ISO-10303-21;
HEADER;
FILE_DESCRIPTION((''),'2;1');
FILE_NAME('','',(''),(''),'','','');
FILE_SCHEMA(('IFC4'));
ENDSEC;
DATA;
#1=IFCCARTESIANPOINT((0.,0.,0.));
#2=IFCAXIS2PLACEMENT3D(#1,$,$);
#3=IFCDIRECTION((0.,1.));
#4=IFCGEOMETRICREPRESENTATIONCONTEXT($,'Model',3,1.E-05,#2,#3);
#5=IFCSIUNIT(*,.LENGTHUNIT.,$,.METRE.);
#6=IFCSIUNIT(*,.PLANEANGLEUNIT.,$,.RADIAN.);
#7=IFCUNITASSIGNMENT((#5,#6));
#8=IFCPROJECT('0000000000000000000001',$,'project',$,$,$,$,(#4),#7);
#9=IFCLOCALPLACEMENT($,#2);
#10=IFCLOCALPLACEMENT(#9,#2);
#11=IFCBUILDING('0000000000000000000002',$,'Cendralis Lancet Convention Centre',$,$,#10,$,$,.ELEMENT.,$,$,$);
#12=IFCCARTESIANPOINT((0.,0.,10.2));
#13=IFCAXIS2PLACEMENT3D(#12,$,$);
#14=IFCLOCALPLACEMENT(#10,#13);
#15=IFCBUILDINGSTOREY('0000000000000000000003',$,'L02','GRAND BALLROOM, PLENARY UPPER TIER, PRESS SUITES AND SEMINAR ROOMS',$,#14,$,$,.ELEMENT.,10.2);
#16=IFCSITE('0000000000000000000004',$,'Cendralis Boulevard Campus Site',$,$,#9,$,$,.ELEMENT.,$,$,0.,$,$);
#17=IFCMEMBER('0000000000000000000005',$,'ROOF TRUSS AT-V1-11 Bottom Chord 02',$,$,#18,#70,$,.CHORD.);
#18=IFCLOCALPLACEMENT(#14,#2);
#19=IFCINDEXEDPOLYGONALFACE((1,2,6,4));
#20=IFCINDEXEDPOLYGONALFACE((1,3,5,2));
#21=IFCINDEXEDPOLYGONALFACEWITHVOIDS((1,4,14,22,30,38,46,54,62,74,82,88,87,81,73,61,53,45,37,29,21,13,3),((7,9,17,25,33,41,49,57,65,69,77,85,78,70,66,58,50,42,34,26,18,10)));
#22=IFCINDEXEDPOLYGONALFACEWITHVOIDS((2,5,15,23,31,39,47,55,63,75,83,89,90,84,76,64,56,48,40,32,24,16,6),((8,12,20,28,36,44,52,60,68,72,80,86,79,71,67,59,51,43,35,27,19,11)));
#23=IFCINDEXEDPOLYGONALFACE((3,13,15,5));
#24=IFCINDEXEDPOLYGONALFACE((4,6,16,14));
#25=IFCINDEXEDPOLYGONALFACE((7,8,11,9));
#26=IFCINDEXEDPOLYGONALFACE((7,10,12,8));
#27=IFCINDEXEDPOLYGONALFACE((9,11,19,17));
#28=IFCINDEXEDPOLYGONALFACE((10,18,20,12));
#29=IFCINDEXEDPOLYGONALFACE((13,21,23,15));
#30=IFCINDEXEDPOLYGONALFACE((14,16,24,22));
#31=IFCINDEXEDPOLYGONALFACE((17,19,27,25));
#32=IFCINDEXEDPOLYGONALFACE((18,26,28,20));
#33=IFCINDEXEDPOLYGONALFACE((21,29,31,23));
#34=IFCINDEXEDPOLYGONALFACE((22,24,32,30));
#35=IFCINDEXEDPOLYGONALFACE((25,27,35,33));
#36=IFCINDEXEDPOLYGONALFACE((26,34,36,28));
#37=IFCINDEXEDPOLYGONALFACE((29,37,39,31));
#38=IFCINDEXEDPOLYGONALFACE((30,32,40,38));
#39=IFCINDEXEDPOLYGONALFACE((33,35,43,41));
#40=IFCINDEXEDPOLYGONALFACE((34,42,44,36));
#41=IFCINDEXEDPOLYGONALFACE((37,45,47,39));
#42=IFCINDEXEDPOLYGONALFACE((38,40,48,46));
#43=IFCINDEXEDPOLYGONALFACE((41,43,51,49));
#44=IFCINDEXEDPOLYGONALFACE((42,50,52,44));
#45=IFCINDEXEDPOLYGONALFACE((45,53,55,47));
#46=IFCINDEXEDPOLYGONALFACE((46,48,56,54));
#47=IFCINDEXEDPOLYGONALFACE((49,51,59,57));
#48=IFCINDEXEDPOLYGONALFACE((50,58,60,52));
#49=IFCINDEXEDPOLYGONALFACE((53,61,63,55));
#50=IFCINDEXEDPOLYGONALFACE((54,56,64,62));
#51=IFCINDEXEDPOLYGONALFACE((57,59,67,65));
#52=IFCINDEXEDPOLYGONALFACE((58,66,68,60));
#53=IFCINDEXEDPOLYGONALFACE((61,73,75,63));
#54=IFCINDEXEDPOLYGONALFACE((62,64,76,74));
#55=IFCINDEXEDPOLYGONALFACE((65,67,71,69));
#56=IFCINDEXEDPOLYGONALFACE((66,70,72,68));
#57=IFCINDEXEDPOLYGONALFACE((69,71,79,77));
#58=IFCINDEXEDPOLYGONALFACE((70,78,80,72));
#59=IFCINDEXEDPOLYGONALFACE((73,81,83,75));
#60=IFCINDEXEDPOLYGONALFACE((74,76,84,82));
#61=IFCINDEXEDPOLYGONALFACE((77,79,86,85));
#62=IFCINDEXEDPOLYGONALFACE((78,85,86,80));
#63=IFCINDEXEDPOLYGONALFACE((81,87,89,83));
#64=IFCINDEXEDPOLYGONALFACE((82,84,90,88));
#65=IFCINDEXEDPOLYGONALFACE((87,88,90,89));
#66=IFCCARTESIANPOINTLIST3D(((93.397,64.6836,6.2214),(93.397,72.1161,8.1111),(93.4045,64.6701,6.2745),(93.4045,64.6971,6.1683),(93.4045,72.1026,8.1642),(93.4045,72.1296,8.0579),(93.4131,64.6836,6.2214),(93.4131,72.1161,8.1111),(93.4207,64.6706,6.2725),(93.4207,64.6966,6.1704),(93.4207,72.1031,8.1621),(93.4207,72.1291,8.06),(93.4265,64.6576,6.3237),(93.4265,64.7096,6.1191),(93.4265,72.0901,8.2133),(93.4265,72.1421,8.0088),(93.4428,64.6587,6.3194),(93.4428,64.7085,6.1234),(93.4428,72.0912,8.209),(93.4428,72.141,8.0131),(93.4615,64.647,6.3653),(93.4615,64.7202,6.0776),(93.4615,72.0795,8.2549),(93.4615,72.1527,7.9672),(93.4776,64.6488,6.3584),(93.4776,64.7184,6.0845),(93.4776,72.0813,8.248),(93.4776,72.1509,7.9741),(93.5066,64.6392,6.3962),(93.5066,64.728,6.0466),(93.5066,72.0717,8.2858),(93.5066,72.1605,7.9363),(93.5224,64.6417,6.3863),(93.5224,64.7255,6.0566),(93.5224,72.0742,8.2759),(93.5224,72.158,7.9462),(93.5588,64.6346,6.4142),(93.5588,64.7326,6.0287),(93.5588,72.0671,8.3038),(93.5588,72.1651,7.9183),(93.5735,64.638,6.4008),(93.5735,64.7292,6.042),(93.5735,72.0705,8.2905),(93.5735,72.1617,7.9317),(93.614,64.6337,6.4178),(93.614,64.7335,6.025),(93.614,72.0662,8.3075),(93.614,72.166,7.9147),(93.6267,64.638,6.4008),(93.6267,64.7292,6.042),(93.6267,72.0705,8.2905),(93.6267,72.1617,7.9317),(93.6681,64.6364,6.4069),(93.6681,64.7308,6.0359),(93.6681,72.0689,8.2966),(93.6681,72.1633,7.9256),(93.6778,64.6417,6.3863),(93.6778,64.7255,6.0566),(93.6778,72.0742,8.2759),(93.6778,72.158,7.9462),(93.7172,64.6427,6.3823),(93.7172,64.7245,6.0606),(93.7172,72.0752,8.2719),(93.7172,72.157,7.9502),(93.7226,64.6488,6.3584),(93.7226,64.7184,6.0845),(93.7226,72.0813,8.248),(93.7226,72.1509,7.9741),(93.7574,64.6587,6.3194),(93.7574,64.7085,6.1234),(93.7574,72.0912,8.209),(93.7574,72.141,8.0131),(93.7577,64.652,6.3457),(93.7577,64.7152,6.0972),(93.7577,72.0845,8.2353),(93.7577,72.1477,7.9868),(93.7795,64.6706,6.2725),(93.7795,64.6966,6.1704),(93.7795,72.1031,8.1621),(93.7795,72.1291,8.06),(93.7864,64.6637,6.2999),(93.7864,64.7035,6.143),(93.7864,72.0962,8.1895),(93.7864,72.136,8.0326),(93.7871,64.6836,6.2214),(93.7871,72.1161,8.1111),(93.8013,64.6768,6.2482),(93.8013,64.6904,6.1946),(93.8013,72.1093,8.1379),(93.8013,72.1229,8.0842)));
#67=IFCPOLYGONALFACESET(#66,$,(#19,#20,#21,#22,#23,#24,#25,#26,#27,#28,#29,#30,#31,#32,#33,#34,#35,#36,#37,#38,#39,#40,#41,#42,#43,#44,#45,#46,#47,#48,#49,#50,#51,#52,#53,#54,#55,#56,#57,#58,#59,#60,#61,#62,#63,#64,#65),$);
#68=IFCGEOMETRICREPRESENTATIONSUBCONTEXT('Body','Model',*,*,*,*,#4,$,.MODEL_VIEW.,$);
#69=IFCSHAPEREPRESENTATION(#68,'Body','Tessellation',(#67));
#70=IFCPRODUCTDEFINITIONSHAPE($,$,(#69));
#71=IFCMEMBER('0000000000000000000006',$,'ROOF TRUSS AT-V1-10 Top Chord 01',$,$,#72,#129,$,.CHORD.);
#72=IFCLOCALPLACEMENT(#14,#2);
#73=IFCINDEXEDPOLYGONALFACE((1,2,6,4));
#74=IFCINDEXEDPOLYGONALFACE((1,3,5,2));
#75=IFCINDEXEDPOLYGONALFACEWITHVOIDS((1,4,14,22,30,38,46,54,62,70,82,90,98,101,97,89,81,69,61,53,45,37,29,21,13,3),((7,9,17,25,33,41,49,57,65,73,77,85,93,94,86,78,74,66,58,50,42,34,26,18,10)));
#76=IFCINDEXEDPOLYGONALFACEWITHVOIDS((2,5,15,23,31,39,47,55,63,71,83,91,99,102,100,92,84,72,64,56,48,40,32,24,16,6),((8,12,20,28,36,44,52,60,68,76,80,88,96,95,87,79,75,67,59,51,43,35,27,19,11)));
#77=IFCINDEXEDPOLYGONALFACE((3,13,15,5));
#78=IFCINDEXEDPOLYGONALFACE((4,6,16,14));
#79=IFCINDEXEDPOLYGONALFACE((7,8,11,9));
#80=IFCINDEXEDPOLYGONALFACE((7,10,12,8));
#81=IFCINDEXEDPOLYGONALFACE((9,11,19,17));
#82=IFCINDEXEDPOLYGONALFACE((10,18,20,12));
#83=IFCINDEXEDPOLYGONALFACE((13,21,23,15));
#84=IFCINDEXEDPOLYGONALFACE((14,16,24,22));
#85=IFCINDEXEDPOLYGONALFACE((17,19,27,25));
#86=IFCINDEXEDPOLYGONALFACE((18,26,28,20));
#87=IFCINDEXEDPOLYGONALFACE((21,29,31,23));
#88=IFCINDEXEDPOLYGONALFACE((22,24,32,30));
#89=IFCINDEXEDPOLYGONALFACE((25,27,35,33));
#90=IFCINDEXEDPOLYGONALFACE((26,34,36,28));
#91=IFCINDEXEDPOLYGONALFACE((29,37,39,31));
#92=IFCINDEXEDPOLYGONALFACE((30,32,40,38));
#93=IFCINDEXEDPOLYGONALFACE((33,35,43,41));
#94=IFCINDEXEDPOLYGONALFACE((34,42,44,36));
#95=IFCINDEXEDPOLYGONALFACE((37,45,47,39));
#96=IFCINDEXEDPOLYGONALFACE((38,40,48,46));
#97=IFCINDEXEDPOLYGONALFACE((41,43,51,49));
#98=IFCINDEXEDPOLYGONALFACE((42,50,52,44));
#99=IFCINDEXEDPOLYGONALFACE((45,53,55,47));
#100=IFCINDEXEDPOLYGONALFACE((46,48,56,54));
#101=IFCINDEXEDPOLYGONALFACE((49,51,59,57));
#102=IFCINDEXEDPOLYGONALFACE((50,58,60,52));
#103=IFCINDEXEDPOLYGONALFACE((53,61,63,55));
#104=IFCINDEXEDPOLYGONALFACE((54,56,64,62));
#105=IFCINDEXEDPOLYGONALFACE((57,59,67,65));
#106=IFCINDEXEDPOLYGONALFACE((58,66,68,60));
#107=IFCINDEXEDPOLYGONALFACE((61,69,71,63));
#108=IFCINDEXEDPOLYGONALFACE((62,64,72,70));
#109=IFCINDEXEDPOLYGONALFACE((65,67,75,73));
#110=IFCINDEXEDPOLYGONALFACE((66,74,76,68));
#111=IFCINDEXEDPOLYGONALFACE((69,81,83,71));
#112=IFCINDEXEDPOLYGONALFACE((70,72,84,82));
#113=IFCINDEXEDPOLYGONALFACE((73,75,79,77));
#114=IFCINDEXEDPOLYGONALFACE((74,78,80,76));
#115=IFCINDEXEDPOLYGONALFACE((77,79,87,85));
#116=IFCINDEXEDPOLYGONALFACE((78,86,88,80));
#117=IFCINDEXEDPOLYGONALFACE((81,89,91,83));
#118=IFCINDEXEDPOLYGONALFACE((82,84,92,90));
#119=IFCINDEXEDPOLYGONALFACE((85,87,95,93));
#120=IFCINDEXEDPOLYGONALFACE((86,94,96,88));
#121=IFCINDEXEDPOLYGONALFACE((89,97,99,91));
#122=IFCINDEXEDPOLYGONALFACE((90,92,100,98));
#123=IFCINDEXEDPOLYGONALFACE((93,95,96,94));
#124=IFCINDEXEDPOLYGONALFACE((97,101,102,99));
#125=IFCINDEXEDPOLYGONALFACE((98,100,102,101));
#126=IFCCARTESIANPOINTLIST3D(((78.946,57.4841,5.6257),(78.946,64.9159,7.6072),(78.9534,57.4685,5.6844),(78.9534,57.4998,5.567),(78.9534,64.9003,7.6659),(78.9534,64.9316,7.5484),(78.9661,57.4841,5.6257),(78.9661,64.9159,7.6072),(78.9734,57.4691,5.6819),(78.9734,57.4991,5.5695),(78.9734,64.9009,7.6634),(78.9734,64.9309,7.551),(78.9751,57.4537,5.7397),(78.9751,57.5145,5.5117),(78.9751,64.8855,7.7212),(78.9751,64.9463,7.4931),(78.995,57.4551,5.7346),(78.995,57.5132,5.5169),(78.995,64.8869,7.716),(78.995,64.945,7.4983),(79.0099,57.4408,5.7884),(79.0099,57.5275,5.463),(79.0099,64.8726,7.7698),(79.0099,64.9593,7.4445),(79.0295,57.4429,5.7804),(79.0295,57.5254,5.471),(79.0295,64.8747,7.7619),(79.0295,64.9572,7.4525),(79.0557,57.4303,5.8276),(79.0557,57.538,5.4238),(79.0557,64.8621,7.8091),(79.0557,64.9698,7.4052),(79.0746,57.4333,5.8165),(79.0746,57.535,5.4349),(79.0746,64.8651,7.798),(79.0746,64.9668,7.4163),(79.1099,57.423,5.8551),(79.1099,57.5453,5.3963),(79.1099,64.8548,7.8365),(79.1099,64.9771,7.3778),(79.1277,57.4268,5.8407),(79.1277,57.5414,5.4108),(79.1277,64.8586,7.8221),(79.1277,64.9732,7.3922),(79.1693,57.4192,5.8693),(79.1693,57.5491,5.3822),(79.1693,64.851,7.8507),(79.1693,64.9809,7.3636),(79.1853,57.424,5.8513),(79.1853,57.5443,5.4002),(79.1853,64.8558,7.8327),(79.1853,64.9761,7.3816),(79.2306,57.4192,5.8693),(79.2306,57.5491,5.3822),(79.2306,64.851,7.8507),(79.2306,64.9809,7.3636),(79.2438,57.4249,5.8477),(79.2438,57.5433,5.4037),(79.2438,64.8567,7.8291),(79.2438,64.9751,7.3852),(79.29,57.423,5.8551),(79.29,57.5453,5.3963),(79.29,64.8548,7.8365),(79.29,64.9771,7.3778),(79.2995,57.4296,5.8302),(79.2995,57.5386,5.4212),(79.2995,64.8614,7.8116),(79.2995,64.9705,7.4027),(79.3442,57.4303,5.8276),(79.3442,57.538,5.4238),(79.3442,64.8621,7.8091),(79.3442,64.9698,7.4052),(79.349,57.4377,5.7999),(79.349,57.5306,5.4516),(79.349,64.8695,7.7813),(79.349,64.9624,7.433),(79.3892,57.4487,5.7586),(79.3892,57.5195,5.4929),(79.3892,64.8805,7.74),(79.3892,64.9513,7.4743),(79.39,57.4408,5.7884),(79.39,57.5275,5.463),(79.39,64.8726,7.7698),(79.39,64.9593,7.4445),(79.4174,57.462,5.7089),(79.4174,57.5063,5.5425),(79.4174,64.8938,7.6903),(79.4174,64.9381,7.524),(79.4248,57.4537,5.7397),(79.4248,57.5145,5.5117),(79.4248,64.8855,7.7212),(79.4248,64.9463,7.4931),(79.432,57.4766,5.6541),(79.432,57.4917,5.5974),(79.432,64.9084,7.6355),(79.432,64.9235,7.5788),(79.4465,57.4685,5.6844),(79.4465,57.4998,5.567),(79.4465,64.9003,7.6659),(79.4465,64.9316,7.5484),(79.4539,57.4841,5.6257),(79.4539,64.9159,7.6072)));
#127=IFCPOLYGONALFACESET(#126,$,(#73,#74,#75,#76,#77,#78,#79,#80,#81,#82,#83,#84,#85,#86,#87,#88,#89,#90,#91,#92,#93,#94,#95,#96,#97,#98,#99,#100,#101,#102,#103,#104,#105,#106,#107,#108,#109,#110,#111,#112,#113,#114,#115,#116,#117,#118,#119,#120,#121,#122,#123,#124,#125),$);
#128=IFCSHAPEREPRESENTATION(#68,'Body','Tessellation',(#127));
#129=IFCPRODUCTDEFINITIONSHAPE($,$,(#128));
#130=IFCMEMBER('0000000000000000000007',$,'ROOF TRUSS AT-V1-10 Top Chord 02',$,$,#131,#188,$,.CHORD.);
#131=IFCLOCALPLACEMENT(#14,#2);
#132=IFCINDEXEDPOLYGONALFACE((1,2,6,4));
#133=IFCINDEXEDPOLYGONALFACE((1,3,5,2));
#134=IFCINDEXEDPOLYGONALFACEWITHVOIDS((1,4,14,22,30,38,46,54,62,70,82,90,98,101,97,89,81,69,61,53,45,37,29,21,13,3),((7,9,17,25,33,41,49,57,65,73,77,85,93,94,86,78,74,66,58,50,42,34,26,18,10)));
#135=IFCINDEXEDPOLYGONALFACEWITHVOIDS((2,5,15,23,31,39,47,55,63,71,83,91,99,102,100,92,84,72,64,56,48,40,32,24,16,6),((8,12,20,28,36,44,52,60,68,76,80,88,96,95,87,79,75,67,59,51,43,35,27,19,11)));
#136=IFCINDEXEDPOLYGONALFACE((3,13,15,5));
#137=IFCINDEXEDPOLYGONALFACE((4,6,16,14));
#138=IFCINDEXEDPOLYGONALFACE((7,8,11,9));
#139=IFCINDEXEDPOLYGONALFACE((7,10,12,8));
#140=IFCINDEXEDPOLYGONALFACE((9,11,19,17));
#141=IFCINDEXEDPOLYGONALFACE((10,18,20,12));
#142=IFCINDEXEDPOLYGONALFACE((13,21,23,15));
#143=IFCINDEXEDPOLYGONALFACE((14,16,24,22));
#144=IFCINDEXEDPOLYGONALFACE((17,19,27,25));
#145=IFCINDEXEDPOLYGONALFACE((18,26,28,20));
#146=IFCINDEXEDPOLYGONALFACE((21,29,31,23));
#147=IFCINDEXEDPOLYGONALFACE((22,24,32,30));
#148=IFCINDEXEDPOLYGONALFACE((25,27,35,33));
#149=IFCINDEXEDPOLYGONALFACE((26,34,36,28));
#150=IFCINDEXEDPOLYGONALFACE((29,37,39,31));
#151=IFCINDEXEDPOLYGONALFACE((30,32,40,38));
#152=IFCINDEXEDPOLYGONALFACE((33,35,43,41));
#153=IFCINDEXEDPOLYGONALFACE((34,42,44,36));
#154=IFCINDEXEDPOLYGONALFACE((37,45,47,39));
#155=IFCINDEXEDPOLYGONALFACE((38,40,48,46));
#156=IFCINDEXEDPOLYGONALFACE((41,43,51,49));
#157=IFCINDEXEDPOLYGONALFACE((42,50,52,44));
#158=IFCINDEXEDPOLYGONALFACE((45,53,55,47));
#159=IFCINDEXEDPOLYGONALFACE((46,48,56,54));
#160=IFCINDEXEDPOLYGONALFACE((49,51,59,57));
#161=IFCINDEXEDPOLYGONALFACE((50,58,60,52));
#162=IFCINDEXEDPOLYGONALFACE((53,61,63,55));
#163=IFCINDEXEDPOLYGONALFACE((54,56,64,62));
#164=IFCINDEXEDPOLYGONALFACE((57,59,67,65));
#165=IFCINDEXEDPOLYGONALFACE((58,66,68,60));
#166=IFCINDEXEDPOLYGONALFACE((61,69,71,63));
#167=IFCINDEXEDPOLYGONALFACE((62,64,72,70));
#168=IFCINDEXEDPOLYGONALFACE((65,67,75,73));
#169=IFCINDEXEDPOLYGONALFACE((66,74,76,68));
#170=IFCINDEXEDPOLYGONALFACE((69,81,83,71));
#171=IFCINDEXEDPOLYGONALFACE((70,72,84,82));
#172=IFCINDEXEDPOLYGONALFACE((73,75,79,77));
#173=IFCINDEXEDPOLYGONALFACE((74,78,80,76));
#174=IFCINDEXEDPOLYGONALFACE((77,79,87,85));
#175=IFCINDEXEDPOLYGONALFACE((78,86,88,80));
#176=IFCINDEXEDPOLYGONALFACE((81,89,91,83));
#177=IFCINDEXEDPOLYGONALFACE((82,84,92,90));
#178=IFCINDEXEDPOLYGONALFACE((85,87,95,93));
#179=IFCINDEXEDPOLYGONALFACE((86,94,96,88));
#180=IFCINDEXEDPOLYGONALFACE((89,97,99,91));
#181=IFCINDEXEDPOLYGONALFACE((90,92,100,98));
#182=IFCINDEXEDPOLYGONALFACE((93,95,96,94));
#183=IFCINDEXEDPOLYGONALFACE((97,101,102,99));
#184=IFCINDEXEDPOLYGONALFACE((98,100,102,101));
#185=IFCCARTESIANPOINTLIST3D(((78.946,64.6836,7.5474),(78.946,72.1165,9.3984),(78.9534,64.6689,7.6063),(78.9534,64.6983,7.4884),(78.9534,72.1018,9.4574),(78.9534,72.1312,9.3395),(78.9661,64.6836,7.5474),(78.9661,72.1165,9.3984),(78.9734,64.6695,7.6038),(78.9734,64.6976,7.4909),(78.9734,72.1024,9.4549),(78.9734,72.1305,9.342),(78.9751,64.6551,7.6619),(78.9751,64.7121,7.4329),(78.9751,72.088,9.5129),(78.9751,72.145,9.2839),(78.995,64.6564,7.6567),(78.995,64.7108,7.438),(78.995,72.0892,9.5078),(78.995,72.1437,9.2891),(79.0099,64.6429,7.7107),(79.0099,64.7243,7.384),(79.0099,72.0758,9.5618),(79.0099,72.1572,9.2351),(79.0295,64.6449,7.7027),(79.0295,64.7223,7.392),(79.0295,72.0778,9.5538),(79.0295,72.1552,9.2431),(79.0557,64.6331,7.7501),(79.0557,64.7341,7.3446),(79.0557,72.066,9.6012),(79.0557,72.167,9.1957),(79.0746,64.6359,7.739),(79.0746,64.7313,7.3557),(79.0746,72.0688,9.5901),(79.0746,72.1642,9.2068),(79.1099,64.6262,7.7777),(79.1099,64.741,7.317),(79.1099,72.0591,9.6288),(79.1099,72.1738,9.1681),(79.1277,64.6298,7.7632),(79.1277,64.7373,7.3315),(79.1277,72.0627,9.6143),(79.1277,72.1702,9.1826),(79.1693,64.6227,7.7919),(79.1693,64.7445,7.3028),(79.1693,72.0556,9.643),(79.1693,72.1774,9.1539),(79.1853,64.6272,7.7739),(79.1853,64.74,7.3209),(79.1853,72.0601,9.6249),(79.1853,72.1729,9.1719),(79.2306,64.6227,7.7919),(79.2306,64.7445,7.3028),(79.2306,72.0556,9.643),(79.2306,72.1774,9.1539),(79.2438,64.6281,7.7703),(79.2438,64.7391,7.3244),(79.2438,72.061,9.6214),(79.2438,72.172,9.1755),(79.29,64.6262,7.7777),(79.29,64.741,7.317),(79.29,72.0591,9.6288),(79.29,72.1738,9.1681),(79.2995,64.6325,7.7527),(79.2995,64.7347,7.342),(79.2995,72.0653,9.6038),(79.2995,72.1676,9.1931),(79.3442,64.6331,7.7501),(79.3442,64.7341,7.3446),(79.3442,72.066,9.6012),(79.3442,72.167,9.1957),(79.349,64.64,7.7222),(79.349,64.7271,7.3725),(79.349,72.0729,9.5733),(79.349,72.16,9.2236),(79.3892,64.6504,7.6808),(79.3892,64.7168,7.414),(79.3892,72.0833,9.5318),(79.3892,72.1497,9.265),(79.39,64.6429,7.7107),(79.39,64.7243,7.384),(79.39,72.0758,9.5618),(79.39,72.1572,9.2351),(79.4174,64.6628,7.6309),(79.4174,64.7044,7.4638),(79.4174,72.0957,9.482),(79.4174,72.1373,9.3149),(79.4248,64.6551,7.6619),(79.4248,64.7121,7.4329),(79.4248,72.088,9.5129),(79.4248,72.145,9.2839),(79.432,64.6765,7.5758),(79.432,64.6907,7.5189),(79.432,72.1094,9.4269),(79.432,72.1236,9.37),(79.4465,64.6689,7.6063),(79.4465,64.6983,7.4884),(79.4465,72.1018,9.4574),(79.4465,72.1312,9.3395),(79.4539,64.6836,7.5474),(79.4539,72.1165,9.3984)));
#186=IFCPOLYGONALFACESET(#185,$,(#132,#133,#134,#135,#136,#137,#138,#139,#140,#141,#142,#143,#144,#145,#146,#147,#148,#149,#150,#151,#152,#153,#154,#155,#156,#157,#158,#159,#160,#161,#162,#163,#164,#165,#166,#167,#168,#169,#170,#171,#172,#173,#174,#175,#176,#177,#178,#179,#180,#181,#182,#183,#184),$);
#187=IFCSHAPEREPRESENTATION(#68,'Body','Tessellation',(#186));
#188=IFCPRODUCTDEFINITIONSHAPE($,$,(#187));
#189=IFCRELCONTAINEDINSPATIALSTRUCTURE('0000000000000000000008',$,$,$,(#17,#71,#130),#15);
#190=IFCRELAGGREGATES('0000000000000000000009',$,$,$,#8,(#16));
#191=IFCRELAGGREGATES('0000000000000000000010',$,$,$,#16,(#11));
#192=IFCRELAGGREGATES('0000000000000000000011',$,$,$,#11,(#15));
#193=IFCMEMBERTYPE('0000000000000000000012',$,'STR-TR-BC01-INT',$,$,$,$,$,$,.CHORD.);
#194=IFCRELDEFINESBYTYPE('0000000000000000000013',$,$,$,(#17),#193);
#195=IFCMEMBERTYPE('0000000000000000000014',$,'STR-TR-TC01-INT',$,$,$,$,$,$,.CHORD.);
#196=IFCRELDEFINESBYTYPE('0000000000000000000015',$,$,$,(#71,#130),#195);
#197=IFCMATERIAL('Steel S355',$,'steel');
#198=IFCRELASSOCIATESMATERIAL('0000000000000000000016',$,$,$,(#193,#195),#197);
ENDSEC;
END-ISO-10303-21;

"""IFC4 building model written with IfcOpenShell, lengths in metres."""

from ifc_helpers import new_model, si_unit, direction, frame, origin, origin_2d, place, context, subcontext, project, spatial, hollow_circle, extrude, material, material_profile, profile_set, type_object, element, save


model = new_model("IFC4")

# Units and contexts
model_context = context("Model", 3, precision=1e-05, world=origin(), true_north=direction((0.0, 1.0)))
body_context = subcontext(model_context, "Body", "Model", "MODEL_VIEW")
ifc_project = project(units=[si_unit("LENGTHUNIT", "METRE"), si_unit("PLANEANGLEUNIT", "RADIAN")], contexts=[model_context])

# Site, building, storey
site_placement = place(None, origin())
site = spatial("IfcSite", under=ifc_project, at=site_placement, Name="Cendralis Boulevard Campus Site", CompositionType="ELEMENT", RefElevation=0.0)
building_placement = place(site_placement, origin())
building = spatial("IfcBuilding", under=site, at=building_placement, Name="Cendralis Lancet Convention Centre", CompositionType="ELEMENT")
storey_placement = place(building_placement, frame((0.0, 0.0, 10.2)))
storey = spatial("IfcBuildingStorey", under=building, at=storey_placement, Name="L02", Description="GRAND BALLROOM, PLENARY UPPER TIER, PRESS SUITES AND SEMINAR ROOMS", CompositionType="ELEMENT", Elevation=10.2)

# Members
ifc_material = material(Name="Steel S355", Category="steel")
ifc_material_profile_1 = material_profile(ifc_material, hollow_circle(Radius=0.2031, WallThickness=0.0161, at=origin_2d()), Name="CHS 406.4x16.0")
ifc_profile_set_1 = profile_set([ifc_material_profile_1], Name="Steel S355")
member_type_1 = type_object("IfcMemberType", Name="STR-TR-BC01-INT", PredefinedType="CHORD", material=ifc_profile_set_1)
member_1_placement = place(storey_placement, frame((93.6001, 64.6836, 6.2214), z_axis=(0.0, 0.969169, 0.246399), x_axis=(-1.0, 0.0, 0.0)))
element("IfcMember", 1, at=member_1_placement, inside=storey, type_object=member_type_1, Name="ROOF TRUSS AT-V1-11 Bottom Chord 02", PredefinedType="CHORD", context=body_context, shape_type="SweptSolid", body=[
    extrude(hollow_circle(Radius=0.2031, WallThickness=0.0161, at=origin_2d()), origin(), (0.0, 0.0, 1.0), 7.6689),
])
ifc_material_profile_2 = material_profile(ifc_material, hollow_circle(Radius=0.2539, WallThickness=0.02, at=origin_2d()), Name="CHS 508.0x20.0")
ifc_profile_set_2 = profile_set([ifc_material_profile_2], Name="Steel S355")
member_type_2 = type_object("IfcMemberType", Name="STR-TR-TC01-INT", PredefinedType="CHORD", material=ifc_profile_set_2)
member_2_placement = place(storey_placement, frame((79.2, 57.4841, 5.6257), z_axis=(0.0, 0.966248, 0.257615), x_axis=(-1.0, 0.0, 0.0)))
element("IfcMember", 2, at=member_2_placement, inside=storey, type_object=member_type_2, Name="ROOF TRUSS AT-V1-10 Top Chord 01", PredefinedType="CHORD", context=body_context, shape_type="SweptSolid", body=[
    extrude(hollow_circle(Radius=0.2539, WallThickness=0.02, at=origin_2d()), origin(), (0.0, 0.0, 1.0), 7.6914),
])
member_3_placement = place(storey_placement, frame((79.2, 64.6836, 7.5474), z_axis=(0.0, 0.970361, 0.241658), x_axis=(-1.0, 0.0, 0.0)))
element("IfcMember", 3, at=member_3_placement, inside=storey, type_object=member_type_2, Name="ROOF TRUSS AT-V1-10 Top Chord 02", PredefinedType="CHORD", context=body_context, shape_type="SweptSolid", body=[
    extrude(hollow_circle(Radius=0.2539, WallThickness=0.02, at=origin_2d()), origin(), (0.0, 0.0, 1.0), 7.6599),
])

save(model, "model.ifc")
